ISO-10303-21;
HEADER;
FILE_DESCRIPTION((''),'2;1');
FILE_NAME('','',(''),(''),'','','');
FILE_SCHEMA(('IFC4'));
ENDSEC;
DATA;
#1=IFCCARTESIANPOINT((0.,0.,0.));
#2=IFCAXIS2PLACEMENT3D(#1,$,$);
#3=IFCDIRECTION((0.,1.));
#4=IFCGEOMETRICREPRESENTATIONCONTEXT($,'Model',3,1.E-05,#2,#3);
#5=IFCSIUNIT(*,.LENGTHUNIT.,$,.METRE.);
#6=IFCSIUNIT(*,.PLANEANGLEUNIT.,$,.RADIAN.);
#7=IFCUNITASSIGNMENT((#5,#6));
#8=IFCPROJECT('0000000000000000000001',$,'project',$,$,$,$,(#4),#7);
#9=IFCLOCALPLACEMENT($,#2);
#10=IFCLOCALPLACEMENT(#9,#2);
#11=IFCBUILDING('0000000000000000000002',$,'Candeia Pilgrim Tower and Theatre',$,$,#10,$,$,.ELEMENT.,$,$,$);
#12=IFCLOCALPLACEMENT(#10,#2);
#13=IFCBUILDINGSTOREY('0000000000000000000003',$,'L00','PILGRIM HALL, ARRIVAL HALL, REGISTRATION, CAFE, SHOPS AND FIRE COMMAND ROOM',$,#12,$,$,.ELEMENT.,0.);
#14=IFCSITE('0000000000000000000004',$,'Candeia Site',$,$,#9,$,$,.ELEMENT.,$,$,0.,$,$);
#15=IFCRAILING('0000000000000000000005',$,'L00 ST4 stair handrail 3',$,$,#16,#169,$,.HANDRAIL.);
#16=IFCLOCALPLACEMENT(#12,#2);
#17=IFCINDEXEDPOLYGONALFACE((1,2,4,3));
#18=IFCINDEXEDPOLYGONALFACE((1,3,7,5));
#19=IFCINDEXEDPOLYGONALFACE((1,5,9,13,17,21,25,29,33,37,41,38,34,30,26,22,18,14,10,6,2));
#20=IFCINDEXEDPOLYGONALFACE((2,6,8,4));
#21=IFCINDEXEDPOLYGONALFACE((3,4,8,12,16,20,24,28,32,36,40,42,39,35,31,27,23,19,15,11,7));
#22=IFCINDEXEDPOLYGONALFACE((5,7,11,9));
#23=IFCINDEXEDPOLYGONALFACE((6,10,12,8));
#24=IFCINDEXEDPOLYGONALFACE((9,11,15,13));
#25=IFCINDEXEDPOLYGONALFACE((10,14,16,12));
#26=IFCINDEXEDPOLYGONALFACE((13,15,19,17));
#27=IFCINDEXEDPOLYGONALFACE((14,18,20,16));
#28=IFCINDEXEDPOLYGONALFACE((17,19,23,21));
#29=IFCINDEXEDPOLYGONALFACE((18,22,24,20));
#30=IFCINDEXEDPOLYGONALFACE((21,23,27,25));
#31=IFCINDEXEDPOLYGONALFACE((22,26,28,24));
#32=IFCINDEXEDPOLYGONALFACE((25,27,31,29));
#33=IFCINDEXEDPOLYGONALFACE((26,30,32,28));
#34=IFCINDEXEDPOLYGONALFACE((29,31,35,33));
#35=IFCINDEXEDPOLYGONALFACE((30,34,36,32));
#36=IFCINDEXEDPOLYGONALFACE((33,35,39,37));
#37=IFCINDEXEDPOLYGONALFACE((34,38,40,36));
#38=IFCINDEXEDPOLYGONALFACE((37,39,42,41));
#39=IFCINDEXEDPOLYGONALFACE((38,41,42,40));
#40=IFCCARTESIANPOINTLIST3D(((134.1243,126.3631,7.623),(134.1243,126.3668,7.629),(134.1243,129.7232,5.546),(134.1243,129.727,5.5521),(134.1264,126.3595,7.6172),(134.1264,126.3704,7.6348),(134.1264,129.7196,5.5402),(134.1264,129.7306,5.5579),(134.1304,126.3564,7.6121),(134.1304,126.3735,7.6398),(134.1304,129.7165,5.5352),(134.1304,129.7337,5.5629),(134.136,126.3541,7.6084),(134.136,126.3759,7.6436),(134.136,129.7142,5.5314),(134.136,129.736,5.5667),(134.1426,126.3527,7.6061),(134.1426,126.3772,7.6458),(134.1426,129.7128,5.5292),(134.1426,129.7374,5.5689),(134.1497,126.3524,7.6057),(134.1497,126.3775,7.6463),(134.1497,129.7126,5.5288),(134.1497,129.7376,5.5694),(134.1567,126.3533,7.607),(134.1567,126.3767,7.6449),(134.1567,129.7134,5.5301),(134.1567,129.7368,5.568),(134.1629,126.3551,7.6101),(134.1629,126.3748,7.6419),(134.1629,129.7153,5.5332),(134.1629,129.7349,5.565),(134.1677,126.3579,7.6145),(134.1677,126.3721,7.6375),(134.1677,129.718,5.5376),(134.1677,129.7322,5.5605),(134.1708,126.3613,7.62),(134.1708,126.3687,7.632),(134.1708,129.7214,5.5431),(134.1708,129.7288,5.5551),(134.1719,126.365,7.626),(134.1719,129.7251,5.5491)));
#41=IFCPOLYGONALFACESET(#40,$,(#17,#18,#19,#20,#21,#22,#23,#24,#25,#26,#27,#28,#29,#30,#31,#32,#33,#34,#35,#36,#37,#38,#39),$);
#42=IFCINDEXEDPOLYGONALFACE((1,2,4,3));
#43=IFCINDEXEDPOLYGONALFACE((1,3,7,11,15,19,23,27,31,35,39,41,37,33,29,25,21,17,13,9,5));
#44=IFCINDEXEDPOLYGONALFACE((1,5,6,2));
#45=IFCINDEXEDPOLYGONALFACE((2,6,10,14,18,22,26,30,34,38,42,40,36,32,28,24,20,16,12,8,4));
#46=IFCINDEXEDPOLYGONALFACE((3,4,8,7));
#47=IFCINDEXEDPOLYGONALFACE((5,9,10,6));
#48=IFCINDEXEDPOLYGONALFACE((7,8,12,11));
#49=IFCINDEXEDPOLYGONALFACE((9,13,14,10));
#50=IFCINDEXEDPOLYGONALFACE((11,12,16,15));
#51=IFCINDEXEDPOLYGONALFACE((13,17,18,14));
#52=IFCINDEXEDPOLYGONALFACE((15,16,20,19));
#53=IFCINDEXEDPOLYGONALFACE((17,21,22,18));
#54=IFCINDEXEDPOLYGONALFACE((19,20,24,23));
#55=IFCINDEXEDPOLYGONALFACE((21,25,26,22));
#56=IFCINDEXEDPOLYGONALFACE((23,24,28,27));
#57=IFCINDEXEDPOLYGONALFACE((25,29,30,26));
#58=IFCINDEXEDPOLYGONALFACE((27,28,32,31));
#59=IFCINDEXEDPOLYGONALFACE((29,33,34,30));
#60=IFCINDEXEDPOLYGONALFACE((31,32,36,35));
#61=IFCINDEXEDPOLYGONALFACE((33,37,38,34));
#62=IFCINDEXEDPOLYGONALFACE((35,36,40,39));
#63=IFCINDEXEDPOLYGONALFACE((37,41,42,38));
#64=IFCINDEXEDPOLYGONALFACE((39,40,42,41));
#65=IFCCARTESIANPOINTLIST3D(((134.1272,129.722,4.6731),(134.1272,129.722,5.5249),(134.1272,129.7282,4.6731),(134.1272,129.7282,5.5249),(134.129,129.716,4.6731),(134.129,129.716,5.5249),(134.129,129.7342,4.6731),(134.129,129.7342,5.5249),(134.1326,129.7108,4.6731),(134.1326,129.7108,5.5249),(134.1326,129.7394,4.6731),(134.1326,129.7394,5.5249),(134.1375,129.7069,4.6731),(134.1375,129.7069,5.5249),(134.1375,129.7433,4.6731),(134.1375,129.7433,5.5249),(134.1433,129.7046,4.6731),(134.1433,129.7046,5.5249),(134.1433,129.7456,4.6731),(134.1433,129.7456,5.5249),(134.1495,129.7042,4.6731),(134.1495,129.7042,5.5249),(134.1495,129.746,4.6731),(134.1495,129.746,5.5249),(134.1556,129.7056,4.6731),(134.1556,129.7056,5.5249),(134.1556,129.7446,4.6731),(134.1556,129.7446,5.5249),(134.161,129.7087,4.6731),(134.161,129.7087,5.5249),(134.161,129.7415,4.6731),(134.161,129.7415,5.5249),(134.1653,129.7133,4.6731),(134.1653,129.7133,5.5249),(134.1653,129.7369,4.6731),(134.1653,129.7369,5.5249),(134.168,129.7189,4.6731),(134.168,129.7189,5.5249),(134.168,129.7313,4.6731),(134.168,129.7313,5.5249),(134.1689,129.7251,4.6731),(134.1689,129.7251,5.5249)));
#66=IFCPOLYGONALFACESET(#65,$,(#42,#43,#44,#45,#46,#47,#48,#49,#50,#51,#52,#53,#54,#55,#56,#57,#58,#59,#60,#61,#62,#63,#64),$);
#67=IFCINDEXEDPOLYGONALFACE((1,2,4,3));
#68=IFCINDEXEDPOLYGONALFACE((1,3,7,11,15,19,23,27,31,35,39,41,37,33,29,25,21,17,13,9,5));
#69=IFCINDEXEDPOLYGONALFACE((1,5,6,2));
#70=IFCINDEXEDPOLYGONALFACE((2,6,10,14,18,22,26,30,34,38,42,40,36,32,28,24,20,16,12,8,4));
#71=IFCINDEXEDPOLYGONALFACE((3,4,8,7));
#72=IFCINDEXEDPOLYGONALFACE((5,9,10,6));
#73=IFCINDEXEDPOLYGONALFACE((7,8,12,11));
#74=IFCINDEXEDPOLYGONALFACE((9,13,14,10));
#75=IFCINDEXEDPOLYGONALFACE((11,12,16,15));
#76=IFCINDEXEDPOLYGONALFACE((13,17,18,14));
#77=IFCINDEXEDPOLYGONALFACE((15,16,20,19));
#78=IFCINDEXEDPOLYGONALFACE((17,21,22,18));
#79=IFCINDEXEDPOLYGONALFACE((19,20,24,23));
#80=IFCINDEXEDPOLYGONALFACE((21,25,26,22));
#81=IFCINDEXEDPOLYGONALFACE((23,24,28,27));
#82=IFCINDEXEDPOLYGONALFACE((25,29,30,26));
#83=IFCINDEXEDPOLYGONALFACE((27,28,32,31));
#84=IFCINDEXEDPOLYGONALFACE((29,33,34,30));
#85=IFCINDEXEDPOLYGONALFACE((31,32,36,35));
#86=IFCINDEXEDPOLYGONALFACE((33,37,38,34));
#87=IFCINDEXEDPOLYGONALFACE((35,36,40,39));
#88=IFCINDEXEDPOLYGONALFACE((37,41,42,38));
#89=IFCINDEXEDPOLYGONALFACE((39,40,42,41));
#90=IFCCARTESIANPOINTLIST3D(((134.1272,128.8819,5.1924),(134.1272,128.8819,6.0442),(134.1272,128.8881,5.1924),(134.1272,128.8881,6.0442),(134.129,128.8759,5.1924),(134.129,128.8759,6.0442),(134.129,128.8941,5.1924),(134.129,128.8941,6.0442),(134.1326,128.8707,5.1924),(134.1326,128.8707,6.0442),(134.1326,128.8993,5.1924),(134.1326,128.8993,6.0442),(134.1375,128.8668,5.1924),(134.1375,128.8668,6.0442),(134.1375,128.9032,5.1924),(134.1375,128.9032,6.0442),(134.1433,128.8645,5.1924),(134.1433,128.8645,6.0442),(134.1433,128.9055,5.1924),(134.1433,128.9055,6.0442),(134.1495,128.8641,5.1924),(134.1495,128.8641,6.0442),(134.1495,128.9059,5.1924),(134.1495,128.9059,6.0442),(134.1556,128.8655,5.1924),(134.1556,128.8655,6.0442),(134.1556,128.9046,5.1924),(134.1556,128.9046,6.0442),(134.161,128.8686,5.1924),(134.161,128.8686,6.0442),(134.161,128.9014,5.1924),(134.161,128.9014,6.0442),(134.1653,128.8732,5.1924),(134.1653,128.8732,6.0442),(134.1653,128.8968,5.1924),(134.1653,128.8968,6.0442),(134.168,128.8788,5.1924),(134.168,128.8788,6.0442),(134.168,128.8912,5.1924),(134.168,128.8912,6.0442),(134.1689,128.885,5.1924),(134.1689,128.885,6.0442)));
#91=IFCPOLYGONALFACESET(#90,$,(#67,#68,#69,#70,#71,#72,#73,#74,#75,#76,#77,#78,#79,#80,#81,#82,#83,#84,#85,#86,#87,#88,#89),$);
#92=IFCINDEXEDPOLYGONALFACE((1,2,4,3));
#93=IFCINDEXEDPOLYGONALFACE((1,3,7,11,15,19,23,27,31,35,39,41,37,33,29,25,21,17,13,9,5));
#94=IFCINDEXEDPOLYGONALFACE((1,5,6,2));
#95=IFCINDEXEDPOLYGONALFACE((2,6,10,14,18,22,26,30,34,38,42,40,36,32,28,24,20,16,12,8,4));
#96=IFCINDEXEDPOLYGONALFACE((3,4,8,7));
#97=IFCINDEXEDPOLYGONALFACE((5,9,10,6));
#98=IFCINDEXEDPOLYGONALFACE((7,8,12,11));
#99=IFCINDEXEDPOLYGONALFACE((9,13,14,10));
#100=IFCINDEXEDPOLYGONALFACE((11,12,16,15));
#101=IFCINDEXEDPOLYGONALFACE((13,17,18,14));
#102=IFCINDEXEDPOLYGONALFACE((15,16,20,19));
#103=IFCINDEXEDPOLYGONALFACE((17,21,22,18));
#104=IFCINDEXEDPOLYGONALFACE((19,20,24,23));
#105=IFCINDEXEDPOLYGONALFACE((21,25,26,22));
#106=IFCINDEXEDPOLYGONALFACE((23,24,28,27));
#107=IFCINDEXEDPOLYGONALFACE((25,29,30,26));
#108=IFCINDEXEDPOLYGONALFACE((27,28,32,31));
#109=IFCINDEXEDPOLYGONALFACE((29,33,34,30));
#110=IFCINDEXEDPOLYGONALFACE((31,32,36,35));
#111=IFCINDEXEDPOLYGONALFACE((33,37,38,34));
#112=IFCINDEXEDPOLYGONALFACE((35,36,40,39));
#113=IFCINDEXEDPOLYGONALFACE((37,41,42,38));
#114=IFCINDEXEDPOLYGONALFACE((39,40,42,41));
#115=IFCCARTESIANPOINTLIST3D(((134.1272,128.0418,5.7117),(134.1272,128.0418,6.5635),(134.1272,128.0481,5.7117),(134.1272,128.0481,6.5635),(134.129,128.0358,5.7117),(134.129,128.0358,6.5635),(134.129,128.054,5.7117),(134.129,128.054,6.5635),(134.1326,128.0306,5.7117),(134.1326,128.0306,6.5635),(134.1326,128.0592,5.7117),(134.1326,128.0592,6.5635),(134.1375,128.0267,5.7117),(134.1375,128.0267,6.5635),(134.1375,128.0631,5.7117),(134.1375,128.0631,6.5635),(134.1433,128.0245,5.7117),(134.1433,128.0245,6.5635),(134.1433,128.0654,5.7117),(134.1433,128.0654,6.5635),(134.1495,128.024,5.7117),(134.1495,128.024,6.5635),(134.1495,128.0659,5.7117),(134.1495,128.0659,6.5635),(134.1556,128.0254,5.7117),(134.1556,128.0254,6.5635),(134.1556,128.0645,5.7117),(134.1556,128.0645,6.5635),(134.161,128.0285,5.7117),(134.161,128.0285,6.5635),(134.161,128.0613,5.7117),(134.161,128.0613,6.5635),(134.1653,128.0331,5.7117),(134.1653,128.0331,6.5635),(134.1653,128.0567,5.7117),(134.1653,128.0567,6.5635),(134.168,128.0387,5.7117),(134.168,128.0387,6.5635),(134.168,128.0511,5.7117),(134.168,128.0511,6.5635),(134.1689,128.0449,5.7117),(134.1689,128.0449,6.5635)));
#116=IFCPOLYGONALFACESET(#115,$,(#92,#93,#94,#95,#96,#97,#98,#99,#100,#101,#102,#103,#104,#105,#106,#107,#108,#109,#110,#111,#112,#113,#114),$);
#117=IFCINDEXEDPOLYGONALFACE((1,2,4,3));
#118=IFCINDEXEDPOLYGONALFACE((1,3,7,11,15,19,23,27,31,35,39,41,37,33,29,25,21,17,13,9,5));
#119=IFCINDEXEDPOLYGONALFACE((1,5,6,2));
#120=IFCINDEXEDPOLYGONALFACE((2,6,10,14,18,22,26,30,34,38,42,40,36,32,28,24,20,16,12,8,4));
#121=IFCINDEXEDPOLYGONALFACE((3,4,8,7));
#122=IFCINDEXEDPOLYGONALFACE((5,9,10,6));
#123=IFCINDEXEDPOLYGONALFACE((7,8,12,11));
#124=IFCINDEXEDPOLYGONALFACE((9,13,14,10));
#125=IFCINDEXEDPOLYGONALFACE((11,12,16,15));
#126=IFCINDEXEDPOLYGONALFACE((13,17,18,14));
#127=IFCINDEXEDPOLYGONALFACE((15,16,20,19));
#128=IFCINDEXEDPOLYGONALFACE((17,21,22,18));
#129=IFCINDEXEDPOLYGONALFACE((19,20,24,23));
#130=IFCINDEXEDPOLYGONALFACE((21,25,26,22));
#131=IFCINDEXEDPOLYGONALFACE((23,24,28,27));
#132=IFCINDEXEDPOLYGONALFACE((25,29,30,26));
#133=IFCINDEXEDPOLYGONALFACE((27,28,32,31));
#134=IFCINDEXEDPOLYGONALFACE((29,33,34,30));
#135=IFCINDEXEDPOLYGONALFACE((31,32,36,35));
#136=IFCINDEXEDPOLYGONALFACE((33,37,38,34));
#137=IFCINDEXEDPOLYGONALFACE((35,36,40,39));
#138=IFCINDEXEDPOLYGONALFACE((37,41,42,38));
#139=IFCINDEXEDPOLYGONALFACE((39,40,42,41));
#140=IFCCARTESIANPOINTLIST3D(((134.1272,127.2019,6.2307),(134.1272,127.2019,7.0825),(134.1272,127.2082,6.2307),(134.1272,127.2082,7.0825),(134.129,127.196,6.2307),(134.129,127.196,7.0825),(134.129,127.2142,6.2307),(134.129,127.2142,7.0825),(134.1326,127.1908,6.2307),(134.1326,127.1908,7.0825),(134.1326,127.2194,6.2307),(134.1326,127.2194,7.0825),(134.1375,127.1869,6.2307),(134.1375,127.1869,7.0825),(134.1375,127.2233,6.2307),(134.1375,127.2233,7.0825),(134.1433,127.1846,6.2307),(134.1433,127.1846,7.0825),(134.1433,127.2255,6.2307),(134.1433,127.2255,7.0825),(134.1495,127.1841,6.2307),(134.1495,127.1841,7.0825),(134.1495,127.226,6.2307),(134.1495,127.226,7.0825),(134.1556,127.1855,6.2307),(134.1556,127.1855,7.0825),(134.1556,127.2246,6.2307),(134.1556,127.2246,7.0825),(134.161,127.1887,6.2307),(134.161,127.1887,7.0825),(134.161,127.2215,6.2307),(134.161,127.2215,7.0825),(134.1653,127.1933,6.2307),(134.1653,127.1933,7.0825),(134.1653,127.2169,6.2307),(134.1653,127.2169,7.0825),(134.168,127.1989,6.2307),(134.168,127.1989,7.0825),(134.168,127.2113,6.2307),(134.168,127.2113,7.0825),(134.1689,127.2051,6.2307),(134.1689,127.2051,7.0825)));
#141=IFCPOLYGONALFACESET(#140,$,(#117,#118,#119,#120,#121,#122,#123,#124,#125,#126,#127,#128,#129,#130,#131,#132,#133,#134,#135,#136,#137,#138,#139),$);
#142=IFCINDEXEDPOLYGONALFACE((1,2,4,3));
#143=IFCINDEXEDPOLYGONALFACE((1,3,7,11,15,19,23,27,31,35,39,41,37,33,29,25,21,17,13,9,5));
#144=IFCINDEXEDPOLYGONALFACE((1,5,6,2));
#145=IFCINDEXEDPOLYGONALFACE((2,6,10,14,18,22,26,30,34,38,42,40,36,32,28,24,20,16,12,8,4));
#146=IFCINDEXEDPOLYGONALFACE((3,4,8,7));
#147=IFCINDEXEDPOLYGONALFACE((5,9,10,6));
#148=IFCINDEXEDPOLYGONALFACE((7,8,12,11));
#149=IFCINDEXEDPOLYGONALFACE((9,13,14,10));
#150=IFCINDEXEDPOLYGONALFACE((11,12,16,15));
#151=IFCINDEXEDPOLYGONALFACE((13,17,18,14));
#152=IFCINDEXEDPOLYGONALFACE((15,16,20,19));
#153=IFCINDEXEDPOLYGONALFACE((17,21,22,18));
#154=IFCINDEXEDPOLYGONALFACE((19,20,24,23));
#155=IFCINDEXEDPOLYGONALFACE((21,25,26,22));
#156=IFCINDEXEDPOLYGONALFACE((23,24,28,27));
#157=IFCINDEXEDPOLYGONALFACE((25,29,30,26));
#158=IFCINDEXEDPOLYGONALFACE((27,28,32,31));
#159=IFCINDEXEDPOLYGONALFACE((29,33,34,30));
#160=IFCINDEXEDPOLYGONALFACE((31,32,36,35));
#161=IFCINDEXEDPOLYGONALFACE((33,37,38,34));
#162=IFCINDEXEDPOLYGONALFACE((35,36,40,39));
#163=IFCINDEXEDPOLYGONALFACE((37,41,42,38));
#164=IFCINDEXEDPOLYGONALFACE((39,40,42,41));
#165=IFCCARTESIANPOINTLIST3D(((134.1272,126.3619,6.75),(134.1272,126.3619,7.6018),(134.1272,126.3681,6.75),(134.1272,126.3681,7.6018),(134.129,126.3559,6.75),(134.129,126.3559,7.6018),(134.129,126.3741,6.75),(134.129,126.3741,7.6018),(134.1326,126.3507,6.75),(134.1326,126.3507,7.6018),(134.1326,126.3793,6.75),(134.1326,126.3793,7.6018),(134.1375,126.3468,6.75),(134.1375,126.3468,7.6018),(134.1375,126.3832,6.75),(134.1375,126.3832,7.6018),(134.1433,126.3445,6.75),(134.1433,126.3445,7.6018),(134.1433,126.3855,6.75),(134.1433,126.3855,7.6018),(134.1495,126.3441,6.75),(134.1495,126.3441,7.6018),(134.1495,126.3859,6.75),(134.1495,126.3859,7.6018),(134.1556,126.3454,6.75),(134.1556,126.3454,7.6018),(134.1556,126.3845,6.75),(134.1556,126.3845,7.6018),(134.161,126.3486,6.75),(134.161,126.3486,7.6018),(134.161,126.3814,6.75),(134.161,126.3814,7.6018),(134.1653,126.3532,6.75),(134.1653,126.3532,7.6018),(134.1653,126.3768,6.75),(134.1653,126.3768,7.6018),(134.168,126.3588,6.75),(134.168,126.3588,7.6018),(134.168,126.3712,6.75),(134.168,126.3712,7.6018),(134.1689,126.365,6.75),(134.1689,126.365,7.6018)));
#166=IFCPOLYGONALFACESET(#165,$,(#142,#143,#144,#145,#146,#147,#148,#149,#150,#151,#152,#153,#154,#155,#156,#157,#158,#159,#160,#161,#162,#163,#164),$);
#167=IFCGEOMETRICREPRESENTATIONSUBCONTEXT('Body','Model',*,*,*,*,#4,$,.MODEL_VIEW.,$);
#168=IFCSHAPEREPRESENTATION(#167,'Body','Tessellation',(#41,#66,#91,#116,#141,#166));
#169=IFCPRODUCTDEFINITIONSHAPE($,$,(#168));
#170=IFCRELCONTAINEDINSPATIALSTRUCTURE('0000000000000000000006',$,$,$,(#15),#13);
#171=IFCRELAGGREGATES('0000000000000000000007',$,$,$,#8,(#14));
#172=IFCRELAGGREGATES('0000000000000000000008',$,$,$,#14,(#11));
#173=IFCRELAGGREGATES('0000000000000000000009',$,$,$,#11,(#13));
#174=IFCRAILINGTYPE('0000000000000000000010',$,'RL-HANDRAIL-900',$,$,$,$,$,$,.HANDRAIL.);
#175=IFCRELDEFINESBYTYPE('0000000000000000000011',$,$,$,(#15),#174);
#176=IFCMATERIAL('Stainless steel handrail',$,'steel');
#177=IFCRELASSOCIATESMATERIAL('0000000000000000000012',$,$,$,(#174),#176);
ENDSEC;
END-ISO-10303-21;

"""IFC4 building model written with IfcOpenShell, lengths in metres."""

from ifc_helpers import new_model, si_unit, direction, frame, origin, origin_2d, place, context, subcontext, project, spatial, circle, extrude, material, type_object, element, save


model = new_model("IFC4")

# Units and contexts
model_context = context("Model", 3, precision=1e-05, world=origin(), true_north=direction((0.0, 1.0)))
body_context = subcontext(model_context, "Body", "Model", "MODEL_VIEW")
ifc_project = project(units=[si_unit("LENGTHUNIT", "METRE"), si_unit("PLANEANGLEUNIT", "RADIAN")], contexts=[model_context])

# Site, building, storey
site_placement = place(None, origin())
site = spatial("IfcSite", under=ifc_project, at=site_placement, Name="Candeia Site", CompositionType="ELEMENT", RefElevation=0.0)
building_placement = place(site_placement, origin())
building = spatial("IfcBuilding", under=site, at=building_placement, Name="Candeia Pilgrim Tower and Theatre", CompositionType="ELEMENT")
storey_placement = place(building_placement, origin())
storey = spatial("IfcBuildingStorey", under=building, at=storey_placement, Name="L00", Description="PILGRIM HALL, ARRIVAL HALL, REGISTRATION, CAFE, SHOPS AND FIRE COMMAND ROOM", CompositionType="ELEMENT", Elevation=0.0)

# Railing
ifc_material_1 = material(Name="Stainless steel handrail", Category="steel")
railing_type_1 = type_object("IfcRailingType", Name="RL-HANDRAIL-900", PredefinedType="HANDRAIL", material=ifc_material_1)
for number, where, name in (
    (1, (134.1479, 129.7251, 4.6731), "L00 ST4 stair handrail 3"),
):
    element("IfcRailing", number, at=place(storey_placement, frame(where)), inside=storey, type_object=railing_type_1, Name=name, PredefinedType="HANDRAIL", context=body_context, shape_type="SweptSolid", body=[
        extrude(circle(Radius=0.0239, at=origin_2d()), frame((0.0, 0.0, 0.876), z_axis=(0.0, -0.850623, 0.525776), x_axis=(1.0, 0.0, 0.0)), (0.0, 0.0, 1.0), 3.9502),
        extrude(circle(Radius=0.021, at=origin_2d()), origin(), (0.0, 0.0, 1.0), 0.8518),
        extrude(circle(Radius=0.021, at=origin_2d()), frame((0.0, -0.8401, 0.5193)), (0.0, 0.0, 1.0), 0.8518),
        extrude(circle(Radius=0.021, at=origin_2d()), frame((0.0, -1.6802, 1.0386)), (0.0, 0.0, 1.0), 0.8518),
        extrude(circle(Radius=0.021, at=origin_2d()), frame((0.0, -2.52, 1.5576)), (0.0, 0.0, 1.0), 0.8518),
        extrude(circle(Radius=0.021, at=origin_2d()), frame((0.0, -3.3601, 2.0769)), (0.0, 0.0, 1.0), 0.8518),
    ])

save(model, "model.ifc")
